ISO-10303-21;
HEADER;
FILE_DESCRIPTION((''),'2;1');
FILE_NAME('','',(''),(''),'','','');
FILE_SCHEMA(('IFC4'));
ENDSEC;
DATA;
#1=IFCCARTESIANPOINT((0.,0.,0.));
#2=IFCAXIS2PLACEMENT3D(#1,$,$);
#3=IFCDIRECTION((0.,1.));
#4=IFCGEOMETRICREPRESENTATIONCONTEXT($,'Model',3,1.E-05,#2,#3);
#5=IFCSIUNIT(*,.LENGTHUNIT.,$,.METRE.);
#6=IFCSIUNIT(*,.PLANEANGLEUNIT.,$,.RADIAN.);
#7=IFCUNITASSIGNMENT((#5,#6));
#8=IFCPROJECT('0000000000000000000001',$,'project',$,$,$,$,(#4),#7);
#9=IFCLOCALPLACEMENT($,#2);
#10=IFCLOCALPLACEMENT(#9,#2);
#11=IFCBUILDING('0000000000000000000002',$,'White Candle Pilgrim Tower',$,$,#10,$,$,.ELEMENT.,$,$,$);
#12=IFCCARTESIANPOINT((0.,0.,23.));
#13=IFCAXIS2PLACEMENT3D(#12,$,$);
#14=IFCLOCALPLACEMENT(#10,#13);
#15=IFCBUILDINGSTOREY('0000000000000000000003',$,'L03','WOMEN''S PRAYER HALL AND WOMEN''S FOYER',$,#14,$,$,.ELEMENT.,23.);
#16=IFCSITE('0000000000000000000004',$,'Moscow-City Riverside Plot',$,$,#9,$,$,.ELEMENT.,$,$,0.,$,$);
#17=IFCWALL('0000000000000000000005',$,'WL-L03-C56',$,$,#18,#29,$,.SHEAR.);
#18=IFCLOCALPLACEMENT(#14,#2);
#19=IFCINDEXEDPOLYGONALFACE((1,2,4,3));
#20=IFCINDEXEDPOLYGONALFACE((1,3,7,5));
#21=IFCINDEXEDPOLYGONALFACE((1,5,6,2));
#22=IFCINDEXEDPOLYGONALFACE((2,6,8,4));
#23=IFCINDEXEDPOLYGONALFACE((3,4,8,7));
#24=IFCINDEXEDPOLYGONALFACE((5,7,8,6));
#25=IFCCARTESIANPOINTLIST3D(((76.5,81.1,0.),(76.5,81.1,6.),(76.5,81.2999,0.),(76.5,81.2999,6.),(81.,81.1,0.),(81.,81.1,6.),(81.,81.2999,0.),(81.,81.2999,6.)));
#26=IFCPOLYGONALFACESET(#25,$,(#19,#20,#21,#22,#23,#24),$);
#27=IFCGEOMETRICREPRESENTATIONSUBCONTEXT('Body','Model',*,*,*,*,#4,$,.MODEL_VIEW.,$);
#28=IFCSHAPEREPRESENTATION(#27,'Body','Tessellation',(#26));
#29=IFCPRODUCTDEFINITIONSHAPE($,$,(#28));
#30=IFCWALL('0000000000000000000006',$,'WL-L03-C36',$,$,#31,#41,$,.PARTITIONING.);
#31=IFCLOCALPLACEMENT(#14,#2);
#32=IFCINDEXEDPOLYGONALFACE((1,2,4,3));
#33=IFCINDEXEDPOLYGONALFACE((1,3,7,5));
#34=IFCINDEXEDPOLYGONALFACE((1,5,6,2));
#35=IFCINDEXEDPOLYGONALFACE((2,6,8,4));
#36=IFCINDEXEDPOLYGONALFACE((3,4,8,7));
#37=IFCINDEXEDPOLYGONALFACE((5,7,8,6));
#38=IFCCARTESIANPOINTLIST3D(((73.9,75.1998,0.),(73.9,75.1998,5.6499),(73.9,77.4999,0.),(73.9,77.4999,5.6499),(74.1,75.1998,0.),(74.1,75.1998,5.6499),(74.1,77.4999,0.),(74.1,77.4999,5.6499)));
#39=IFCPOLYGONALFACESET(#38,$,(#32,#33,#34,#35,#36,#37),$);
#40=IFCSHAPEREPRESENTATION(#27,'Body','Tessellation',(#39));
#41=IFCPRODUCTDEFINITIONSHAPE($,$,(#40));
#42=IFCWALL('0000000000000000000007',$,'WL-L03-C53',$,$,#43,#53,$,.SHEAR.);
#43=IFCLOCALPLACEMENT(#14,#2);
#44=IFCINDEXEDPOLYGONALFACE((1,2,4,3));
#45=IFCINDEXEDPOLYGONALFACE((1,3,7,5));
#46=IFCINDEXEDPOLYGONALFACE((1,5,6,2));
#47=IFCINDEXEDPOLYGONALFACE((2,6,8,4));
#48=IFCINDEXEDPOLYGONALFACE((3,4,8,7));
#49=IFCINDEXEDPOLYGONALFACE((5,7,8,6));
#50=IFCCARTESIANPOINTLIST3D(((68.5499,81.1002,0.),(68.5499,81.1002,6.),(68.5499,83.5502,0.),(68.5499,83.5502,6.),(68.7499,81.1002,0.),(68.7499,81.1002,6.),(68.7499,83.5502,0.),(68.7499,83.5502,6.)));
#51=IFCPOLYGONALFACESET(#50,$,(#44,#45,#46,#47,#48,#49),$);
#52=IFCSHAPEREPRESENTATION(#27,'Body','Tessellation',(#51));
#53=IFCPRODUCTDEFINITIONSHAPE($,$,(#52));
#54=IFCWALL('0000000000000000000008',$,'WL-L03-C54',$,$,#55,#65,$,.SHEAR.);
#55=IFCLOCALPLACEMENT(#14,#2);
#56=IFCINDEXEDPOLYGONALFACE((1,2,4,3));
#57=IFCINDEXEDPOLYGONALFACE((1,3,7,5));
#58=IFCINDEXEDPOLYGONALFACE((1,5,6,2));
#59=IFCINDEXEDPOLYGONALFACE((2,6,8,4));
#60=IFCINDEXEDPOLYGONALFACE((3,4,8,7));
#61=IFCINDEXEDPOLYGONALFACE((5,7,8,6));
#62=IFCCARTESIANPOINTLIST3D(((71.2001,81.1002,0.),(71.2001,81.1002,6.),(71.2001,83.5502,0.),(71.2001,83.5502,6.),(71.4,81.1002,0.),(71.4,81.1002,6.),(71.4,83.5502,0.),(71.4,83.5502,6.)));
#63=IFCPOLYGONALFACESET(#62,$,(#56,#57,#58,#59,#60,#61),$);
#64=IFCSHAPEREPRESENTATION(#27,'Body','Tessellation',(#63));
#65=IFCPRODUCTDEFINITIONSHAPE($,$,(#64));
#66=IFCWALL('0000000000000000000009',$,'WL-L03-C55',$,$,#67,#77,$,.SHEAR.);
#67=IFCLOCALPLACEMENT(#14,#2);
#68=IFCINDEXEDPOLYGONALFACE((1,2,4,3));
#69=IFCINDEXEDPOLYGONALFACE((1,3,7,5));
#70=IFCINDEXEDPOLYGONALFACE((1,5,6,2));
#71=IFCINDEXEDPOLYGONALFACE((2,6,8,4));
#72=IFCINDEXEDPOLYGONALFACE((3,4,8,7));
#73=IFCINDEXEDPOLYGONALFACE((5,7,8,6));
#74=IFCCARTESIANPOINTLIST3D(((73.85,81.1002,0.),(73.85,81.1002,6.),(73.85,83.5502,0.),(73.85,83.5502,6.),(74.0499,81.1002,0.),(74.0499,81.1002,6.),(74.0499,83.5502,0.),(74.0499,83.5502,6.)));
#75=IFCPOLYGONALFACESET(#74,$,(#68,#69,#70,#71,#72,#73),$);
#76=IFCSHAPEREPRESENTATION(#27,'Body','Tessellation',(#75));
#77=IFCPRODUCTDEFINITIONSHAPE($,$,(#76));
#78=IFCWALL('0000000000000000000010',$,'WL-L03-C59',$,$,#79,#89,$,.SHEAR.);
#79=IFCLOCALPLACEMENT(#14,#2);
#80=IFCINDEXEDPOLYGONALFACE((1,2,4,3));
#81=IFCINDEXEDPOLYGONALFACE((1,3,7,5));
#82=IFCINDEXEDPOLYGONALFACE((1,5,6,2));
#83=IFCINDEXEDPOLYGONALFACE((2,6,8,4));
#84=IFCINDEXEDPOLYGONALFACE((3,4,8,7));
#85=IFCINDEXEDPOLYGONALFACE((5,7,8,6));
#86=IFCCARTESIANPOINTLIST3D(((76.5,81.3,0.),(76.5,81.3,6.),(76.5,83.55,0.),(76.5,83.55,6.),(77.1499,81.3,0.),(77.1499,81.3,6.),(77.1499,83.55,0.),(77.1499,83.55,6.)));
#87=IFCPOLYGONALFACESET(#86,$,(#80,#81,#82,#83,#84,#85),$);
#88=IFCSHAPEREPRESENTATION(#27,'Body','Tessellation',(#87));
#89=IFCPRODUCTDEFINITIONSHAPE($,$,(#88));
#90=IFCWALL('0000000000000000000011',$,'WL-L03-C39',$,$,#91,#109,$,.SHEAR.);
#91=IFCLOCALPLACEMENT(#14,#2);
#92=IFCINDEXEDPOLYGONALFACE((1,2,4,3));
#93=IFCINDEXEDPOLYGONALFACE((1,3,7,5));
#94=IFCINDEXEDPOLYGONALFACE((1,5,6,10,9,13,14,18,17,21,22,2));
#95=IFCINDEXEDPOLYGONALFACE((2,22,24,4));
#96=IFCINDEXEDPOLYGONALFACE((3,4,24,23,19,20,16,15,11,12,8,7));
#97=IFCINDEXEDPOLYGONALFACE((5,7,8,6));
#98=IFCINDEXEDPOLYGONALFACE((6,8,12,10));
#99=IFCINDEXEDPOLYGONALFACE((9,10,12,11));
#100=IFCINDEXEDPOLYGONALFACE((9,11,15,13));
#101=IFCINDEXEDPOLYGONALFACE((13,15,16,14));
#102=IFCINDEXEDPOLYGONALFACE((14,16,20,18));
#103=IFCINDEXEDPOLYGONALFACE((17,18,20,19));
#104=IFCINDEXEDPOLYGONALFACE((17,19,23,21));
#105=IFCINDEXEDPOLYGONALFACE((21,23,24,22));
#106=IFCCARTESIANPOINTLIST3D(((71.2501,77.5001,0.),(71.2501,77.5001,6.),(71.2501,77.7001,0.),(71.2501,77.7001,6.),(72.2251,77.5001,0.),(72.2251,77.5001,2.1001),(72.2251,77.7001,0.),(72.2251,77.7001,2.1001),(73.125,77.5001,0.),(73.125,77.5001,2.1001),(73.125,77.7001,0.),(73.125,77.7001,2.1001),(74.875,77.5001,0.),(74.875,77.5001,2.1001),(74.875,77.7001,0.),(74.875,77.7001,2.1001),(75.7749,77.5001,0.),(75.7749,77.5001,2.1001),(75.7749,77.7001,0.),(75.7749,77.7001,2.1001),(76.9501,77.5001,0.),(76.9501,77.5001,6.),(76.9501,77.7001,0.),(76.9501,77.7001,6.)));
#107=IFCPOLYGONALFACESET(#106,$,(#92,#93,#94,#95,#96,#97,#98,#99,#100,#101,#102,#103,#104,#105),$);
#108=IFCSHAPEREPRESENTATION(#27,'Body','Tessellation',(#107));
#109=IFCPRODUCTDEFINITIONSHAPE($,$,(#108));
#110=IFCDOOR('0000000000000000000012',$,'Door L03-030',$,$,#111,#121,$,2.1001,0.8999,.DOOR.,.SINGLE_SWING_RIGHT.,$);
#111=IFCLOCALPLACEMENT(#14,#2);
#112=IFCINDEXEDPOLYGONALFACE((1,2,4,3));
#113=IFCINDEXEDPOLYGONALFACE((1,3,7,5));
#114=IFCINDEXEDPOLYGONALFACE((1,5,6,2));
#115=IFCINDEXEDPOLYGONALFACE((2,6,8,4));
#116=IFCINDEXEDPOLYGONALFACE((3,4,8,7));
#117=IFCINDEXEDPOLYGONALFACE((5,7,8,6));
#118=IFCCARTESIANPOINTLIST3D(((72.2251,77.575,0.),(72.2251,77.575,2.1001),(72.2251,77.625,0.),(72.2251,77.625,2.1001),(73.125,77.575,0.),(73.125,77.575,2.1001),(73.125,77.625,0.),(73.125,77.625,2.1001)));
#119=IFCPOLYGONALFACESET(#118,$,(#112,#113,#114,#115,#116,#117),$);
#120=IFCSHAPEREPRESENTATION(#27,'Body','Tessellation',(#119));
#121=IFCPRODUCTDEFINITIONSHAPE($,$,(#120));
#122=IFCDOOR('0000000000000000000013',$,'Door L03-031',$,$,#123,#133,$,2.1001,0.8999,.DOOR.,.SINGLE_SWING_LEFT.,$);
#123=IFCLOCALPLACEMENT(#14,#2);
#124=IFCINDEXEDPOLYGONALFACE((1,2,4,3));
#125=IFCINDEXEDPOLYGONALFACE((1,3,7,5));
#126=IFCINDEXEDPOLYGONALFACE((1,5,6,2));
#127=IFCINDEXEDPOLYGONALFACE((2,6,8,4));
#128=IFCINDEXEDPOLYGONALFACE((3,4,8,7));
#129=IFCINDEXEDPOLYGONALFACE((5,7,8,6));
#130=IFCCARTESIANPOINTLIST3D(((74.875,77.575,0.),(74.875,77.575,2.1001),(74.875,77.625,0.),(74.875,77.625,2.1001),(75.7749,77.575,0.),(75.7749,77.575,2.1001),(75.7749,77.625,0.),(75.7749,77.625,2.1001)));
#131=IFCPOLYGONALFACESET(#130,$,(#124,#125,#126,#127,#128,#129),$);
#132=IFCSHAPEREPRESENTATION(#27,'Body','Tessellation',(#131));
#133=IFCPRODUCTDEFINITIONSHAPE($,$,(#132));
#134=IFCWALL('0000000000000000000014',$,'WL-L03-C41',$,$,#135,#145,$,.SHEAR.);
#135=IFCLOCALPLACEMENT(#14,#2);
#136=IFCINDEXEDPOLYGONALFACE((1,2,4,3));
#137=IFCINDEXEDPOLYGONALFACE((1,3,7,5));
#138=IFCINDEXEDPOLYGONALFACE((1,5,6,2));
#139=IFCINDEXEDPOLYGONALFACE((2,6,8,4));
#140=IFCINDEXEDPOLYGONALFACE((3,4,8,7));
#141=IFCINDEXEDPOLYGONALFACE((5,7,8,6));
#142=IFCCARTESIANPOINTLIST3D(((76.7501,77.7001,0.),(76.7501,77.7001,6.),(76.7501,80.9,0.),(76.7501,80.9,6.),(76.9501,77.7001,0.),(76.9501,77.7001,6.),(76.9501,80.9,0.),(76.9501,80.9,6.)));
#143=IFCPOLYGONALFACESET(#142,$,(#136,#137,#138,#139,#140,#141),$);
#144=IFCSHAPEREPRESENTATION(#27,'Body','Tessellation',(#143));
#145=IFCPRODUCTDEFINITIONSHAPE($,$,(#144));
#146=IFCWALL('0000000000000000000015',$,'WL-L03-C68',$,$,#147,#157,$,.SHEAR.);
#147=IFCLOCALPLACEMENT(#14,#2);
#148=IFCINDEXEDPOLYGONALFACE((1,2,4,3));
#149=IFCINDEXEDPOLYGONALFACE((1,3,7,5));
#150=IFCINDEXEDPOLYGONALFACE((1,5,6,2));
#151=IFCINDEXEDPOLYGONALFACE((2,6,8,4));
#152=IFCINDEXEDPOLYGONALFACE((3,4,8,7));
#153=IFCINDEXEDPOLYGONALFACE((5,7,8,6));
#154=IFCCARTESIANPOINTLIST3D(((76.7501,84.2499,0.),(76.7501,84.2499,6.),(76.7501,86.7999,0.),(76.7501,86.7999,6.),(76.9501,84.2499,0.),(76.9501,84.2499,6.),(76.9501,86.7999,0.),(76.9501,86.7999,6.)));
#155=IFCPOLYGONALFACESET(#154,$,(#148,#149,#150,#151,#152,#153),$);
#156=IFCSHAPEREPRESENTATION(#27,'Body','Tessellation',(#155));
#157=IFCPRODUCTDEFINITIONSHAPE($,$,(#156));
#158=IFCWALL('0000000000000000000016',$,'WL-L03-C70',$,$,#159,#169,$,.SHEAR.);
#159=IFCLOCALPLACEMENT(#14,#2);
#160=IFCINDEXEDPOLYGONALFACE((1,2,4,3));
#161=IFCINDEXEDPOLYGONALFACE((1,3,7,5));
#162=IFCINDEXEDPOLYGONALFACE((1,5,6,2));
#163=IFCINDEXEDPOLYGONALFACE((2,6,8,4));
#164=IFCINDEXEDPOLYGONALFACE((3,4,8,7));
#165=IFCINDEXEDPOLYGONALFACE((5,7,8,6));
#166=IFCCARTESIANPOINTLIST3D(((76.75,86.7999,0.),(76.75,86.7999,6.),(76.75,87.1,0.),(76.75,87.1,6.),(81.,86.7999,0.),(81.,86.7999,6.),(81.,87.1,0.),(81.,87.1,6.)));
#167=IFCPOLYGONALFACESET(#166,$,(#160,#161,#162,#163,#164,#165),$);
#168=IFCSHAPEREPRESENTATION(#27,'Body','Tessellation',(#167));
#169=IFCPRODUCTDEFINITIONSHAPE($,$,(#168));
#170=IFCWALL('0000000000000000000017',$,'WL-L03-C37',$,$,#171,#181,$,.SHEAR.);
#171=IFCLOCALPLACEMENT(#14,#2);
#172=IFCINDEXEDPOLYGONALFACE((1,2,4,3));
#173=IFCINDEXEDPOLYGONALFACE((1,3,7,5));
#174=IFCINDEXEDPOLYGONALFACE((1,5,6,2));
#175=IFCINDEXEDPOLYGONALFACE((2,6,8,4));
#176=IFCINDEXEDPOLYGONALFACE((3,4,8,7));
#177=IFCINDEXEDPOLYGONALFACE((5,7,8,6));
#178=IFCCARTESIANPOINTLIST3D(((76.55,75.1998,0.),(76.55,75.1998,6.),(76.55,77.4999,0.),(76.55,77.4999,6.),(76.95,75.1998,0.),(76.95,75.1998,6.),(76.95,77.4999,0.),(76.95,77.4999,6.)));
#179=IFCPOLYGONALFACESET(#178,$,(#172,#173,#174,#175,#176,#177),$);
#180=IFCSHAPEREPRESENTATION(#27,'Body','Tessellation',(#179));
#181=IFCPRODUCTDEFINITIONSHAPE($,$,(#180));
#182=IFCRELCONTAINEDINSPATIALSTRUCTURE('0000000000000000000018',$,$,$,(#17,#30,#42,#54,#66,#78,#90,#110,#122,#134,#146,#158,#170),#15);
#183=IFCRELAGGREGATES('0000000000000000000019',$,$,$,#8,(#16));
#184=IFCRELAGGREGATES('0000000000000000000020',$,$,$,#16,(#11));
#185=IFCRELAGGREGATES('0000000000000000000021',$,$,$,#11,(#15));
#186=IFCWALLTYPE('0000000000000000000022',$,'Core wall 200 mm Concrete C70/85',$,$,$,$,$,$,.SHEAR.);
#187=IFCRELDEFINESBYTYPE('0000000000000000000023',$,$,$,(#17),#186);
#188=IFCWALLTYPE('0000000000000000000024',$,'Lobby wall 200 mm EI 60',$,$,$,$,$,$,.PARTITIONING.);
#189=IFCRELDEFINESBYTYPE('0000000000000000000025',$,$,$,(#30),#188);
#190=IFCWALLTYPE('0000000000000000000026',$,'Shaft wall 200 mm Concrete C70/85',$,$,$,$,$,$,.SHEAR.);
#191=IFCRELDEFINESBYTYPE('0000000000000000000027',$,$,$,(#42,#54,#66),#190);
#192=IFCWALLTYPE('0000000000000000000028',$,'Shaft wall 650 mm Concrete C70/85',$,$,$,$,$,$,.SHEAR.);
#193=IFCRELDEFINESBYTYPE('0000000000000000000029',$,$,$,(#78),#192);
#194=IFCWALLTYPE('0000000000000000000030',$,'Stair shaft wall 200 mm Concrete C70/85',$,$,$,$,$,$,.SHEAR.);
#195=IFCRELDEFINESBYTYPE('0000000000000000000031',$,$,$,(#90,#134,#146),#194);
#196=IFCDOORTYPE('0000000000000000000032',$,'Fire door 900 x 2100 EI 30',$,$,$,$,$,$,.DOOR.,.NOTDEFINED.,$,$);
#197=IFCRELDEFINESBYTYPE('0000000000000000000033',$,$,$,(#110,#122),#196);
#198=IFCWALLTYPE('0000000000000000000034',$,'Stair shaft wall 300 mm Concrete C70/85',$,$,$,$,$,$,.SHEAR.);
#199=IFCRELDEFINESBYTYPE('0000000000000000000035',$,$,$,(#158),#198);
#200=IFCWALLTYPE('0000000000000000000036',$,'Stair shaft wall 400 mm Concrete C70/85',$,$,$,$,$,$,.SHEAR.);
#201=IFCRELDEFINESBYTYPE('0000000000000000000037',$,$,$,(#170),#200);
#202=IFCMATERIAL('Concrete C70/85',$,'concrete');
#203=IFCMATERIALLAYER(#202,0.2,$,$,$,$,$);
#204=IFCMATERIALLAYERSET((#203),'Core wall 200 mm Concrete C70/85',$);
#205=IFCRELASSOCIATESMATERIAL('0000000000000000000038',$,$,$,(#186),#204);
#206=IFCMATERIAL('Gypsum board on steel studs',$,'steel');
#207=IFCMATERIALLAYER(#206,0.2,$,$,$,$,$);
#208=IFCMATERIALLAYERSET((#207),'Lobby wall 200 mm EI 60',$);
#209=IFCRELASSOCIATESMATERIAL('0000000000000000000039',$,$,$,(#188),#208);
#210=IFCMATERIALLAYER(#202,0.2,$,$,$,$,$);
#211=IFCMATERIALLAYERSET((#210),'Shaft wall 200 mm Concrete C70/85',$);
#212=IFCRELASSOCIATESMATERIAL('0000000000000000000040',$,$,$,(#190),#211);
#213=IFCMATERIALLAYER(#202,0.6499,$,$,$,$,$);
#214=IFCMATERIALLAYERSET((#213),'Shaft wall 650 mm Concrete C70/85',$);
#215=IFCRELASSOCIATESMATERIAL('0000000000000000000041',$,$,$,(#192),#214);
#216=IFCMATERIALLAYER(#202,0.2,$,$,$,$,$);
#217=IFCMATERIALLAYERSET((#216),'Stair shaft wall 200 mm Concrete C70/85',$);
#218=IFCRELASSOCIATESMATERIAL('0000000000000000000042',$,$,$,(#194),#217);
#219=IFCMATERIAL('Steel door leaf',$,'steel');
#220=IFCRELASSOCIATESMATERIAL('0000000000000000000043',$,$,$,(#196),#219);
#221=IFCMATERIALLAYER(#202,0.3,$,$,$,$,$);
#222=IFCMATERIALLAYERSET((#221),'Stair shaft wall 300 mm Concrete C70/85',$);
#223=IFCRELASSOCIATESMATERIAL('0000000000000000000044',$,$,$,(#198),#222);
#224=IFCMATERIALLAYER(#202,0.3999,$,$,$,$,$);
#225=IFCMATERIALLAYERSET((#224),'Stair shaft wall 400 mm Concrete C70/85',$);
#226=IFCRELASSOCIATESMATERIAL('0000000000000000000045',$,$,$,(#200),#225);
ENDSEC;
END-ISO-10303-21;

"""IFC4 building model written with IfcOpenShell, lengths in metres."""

from ifc_helpers import new_model, si_unit, direction, frame, frame_2d, origin, place, context, subcontext, project, spatial, rectangle, extrude, material, layer, layer_set, type_object, element, fill, save


model = new_model("IFC4")

# Units and contexts
model_context = context("Model", 3, precision=1e-05, world=origin(), true_north=direction((0.0, 1.0)))
body_context = subcontext(model_context, "Body", "Model", "MODEL_VIEW")
ifc_project = project(units=[si_unit("LENGTHUNIT", "METRE"), si_unit("PLANEANGLEUNIT", "RADIAN")], contexts=[model_context])

# Site, building, storey
site_placement = place(None, origin())
site = spatial("IfcSite", under=ifc_project, at=site_placement, Name="Moscow-City Riverside Plot", CompositionType="ELEMENT", RefElevation=0.0)
building_placement = place(site_placement, origin())
building = spatial("IfcBuilding", under=site, at=building_placement, Name="White Candle Pilgrim Tower", CompositionType="ELEMENT")
storey_placement = place(building_placement, frame((0.0, 0.0, 23.0)))
storey = spatial("IfcBuildingStorey", under=building, at=storey_placement, Name="L03", Description="WOMEN'S PRAYER HALL AND WOMEN'S FOYER", CompositionType="ELEMENT", Elevation=23.0)

# Walls
ifc_material_1 = material(Name="Concrete C70/85", Category="concrete")
ifc_layer_1 = layer(ifc_material_1, 0.2)
ifc_layer_set_1 = layer_set([ifc_layer_1], Name="Core wall 200 mm Concrete C70/85")
wall_type_1 = type_object("IfcWallType", Name="Core wall 200 mm Concrete C70/85", PredefinedType="SHEAR", material=ifc_layer_set_1)
wall_1_placement = place(storey_placement, frame((76.5, 81.2, 0.0), z_axis=(0.0, 0.0, 1.0), x_axis=(1.0, 0.0, 0.0)))
element("IfcWall", 1, at=wall_1_placement, inside=storey, type_object=wall_type_1, Name="WL-L03-C56", PredefinedType="SHEAR", context=body_context, shape_type="SweptSolid", body=[
    extrude(rectangle(XDim=4.5, YDim=0.2, at=frame_2d((2.25, 0.0))), origin(), (0.0, 0.0, 1.0), 6.0),
])
ifc_material_2 = material(Name="Gypsum board on steel studs", Category="steel")
ifc_layer_2 = layer(ifc_material_2, 0.2)
ifc_layer_set_2 = layer_set([ifc_layer_2], Name="Lobby wall 200 mm EI 60")
wall_type_2 = type_object("IfcWallType", Name="Lobby wall 200 mm EI 60", PredefinedType="PARTITIONING", material=ifc_layer_set_2)
wall_2_placement = place(storey_placement, frame((74.0, 75.2, 0.0), z_axis=(0.0, 0.0, 1.0), x_axis=(0.0, 1.0, 0.0)))
element("IfcWall", 2, at=wall_2_placement, inside=storey, type_object=wall_type_2, Name="WL-L03-C36", PredefinedType="PARTITIONING", context=body_context, shape_type="SweptSolid", body=[
    extrude(rectangle(XDim=2.3, YDim=0.2, at=frame_2d((1.1499, 0.0))), origin(), (0.0, 0.0, 1.0), 5.6499),
])
ifc_layer_3 = layer(ifc_material_1, 0.2)
ifc_layer_set_3 = layer_set([ifc_layer_3], Name="Shaft wall 200 mm Concrete C70/85")
wall_type_3 = type_object("IfcWallType", Name="Shaft wall 200 mm Concrete C70/85", PredefinedType="SHEAR", material=ifc_layer_set_3)
for number, where, z_axis, x_axis, name in (
    (3, (68.6499, 81.1001, 0.0), (0.0, 0.0, 1.0), (0.0, 1.0, 0.0), "WL-L03-C53"),
    (4, (71.3, 81.1001, 0.0), (0.0, 0.0, 1.0), (0.0, 1.0, 0.0), "WL-L03-C54"),
    (5, (73.95, 81.1001, 0.0), (0.0, 0.0, 1.0), (0.0, 1.0, 0.0), "WL-L03-C55"),
):
    element("IfcWall", number, at=place(storey_placement, frame(where, z_axis=z_axis, x_axis=x_axis)), inside=storey, type_object=wall_type_3, Name=name, PredefinedType="SHEAR", context=body_context, shape_type="SweptSolid", body=[
        extrude(rectangle(XDim=2.45, YDim=0.2, at=frame_2d((1.2251, 0.0))), origin(), (0.0, 0.0, 1.0), 6.0),
    ])
ifc_layer_4 = layer(ifc_material_1, 0.6499)
ifc_layer_set_4 = layer_set([ifc_layer_4], Name="Shaft wall 650 mm Concrete C70/85")
wall_type_4 = type_object("IfcWallType", Name="Shaft wall 650 mm Concrete C70/85", PredefinedType="SHEAR", material=ifc_layer_set_4)
wall_3_placement = place(storey_placement, frame((76.825, 81.3, 0.0), z_axis=(0.0, 0.0, 1.0), x_axis=(0.0, 1.0, 0.0)))
element("IfcWall", 6, at=wall_3_placement, inside=storey, type_object=wall_type_4, Name="WL-L03-C59", PredefinedType="SHEAR", context=body_context, shape_type="SweptSolid", body=[
    extrude(rectangle(XDim=2.25, YDim=0.6499, at=frame_2d((1.125, 0.0))), origin(), (0.0, 0.0, 1.0), 6.0),
])

# Wall, openings, doors
ifc_layer_5 = layer(ifc_material_1, 0.2)
ifc_layer_set_5 = layer_set([ifc_layer_5], Name="Stair shaft wall 200 mm Concrete C70/85")
wall_type_5 = type_object("IfcWallType", Name="Stair shaft wall 200 mm Concrete C70/85", PredefinedType="SHEAR", material=ifc_layer_set_5)
wall_4_placement = place(storey_placement, frame((71.25, 77.6001, 0.0), z_axis=(0.0, 0.0, 1.0), x_axis=(1.0, 0.0, 0.0)))
wall_4 = element("IfcWall", 7, at=wall_4_placement, inside=storey, type_object=wall_type_5, Name="WL-L03-C39", PredefinedType="SHEAR", context=body_context, shape_type="SweptSolid", body=[
    extrude(rectangle(XDim=5.7, YDim=0.2, at=frame_2d((2.8501, 0.0))), origin(), (0.0, 0.0, 1.0), 6.0),
])
opening_1_placement = place(wall_4_placement, frame((0.9751, 0.0, 0.0)))
opening_1 = element("IfcOpeningElement", 8, at=opening_1_placement, cuts=wall_4, PredefinedType="OPENING", context=body_context, shape_type="SweptSolid", body=[
    extrude(rectangle(XDim=0.8999, YDim=2.1001, at=frame_2d((0.45, 1.05))), frame((0.0, 0.1099, 0.0), z_axis=(0.0, -1.0, 0.0), x_axis=(1.0, 0.0, 0.0)), (0.0, 0.0, 1.0), 0.22),
])
opening_2_placement = place(wall_4_placement, frame((3.625, 0.0, 0.0)))
opening_2 = element("IfcOpeningElement", 9, at=opening_2_placement, cuts=wall_4, PredefinedType="OPENING", context=body_context, shape_type="SweptSolid", body=[
    extrude(rectangle(XDim=0.8999, YDim=2.1001, at=frame_2d((0.45, 1.05))), frame((0.0, 0.1099, 0.0), z_axis=(0.0, -1.0, 0.0), x_axis=(1.0, 0.0, 0.0)), (0.0, 0.0, 1.0), 0.22),
])
ifc_material_3 = material(Name="Steel door leaf", Category="steel")
door_type = type_object("IfcDoorType", Name="Fire door 900 x 2100 EI 30", OperationType="NOTDEFINED", PredefinedType="DOOR", material=ifc_material_3)
door_1_placement = place(opening_1_placement, origin())
door_1 = element("IfcDoor", 10, at=door_1_placement, inside=storey, type_object=door_type, Name="Door L03-030", OperationType="SINGLE_SWING_RIGHT", OverallHeight=2.1001, OverallWidth=0.8999, PredefinedType="DOOR", context=body_context, shape_type="SweptSolid", body=[
    extrude(rectangle(XDim=0.8999, YDim=2.1001, at=frame_2d((0.45, 1.05))), frame((0.0, 0.0249, 0.0), z_axis=(0.0, -1.0, 0.0), x_axis=(1.0, 0.0, 0.0)), (0.0, 0.0, 1.0), 0.05),
])
fill(opening_1, door_1)
door_2_placement = place(opening_2_placement, origin())
door_2 = element("IfcDoor", 11, at=door_2_placement, inside=storey, type_object=door_type, Name="Door L03-031", OperationType="SINGLE_SWING_LEFT", OverallHeight=2.1001, OverallWidth=0.8999, PredefinedType="DOOR", context=body_context, shape_type="SweptSolid", body=[
    extrude(rectangle(XDim=0.8999, YDim=2.1001, at=frame_2d((0.45, 1.05))), frame((0.0, 0.0249, 0.0), z_axis=(0.0, -1.0, 0.0), x_axis=(1.0, 0.0, 0.0)), (0.0, 0.0, 1.0), 0.05),
])
fill(opening_2, door_2)

# Walls
wall_5_placement = place(storey_placement, frame((76.8501, 77.7, 0.0), z_axis=(0.0, 0.0, 1.0), x_axis=(0.0, 1.0, 0.0)))
element("IfcWall", 12, at=wall_5_placement, inside=storey, type_object=wall_type_5, Name="WL-L03-C41", PredefinedType="SHEAR", context=body_context, shape_type="SweptSolid", body=[
    extrude(rectangle(XDim=3.2, YDim=0.2, at=frame_2d((1.6001, 0.0))), origin(), (0.0, 0.0, 1.0), 6.0),
])
wall_6_placement = place(storey_placement, frame((76.8501, 84.25, 0.0), z_axis=(0.0, 0.0, 1.0), x_axis=(0.0, 1.0, 0.0)))
element("IfcWall", 13, at=wall_6_placement, inside=storey, type_object=wall_type_5, Name="WL-L03-C68", PredefinedType="SHEAR", context=body_context, shape_type="SweptSolid", body=[
    extrude(rectangle(XDim=2.55, YDim=0.2, at=frame_2d((1.2749, 0.0))), origin(), (0.0, 0.0, 1.0), 6.0),
])
ifc_layer_6 = layer(ifc_material_1, 0.3)
ifc_layer_set_6 = layer_set([ifc_layer_6], Name="Stair shaft wall 300 mm Concrete C70/85")
wall_type_6 = type_object("IfcWallType", Name="Stair shaft wall 300 mm Concrete C70/85", PredefinedType="SHEAR", material=ifc_layer_set_6)
wall_7_placement = place(storey_placement, frame((76.75, 86.95, 0.0), z_axis=(0.0, 0.0, 1.0), x_axis=(1.0, 0.0, 0.0)))
element("IfcWall", 14, at=wall_7_placement, inside=storey, type_object=wall_type_6, Name="WL-L03-C70", PredefinedType="SHEAR", context=body_context, shape_type="SweptSolid", body=[
    extrude(rectangle(XDim=4.25, YDim=0.3, at=frame_2d((2.125, 0.0))), origin(), (0.0, 0.0, 1.0), 6.0),
])
ifc_layer_7 = layer(ifc_material_1, 0.3999)
ifc_layer_set_7 = layer_set([ifc_layer_7], Name="Stair shaft wall 400 mm Concrete C70/85")
wall_type_7 = type_object("IfcWallType", Name="Stair shaft wall 400 mm Concrete C70/85", PredefinedType="SHEAR", material=ifc_layer_set_7)
wall_8_placement = place(storey_placement, frame((76.75, 75.2, 0.0), z_axis=(0.0, 0.0, 1.0), x_axis=(0.0, 1.0, 0.0)))
element("IfcWall", 15, at=wall_8_placement, inside=storey, type_object=wall_type_7, Name="WL-L03-C37", PredefinedType="SHEAR", context=body_context, shape_type="SweptSolid", body=[
    extrude(rectangle(XDim=2.3, YDim=0.3999, at=frame_2d((1.1499, 0.0))), origin(), (0.0, 0.0, 1.0), 6.0),
])

save(model, "model.ifc")
